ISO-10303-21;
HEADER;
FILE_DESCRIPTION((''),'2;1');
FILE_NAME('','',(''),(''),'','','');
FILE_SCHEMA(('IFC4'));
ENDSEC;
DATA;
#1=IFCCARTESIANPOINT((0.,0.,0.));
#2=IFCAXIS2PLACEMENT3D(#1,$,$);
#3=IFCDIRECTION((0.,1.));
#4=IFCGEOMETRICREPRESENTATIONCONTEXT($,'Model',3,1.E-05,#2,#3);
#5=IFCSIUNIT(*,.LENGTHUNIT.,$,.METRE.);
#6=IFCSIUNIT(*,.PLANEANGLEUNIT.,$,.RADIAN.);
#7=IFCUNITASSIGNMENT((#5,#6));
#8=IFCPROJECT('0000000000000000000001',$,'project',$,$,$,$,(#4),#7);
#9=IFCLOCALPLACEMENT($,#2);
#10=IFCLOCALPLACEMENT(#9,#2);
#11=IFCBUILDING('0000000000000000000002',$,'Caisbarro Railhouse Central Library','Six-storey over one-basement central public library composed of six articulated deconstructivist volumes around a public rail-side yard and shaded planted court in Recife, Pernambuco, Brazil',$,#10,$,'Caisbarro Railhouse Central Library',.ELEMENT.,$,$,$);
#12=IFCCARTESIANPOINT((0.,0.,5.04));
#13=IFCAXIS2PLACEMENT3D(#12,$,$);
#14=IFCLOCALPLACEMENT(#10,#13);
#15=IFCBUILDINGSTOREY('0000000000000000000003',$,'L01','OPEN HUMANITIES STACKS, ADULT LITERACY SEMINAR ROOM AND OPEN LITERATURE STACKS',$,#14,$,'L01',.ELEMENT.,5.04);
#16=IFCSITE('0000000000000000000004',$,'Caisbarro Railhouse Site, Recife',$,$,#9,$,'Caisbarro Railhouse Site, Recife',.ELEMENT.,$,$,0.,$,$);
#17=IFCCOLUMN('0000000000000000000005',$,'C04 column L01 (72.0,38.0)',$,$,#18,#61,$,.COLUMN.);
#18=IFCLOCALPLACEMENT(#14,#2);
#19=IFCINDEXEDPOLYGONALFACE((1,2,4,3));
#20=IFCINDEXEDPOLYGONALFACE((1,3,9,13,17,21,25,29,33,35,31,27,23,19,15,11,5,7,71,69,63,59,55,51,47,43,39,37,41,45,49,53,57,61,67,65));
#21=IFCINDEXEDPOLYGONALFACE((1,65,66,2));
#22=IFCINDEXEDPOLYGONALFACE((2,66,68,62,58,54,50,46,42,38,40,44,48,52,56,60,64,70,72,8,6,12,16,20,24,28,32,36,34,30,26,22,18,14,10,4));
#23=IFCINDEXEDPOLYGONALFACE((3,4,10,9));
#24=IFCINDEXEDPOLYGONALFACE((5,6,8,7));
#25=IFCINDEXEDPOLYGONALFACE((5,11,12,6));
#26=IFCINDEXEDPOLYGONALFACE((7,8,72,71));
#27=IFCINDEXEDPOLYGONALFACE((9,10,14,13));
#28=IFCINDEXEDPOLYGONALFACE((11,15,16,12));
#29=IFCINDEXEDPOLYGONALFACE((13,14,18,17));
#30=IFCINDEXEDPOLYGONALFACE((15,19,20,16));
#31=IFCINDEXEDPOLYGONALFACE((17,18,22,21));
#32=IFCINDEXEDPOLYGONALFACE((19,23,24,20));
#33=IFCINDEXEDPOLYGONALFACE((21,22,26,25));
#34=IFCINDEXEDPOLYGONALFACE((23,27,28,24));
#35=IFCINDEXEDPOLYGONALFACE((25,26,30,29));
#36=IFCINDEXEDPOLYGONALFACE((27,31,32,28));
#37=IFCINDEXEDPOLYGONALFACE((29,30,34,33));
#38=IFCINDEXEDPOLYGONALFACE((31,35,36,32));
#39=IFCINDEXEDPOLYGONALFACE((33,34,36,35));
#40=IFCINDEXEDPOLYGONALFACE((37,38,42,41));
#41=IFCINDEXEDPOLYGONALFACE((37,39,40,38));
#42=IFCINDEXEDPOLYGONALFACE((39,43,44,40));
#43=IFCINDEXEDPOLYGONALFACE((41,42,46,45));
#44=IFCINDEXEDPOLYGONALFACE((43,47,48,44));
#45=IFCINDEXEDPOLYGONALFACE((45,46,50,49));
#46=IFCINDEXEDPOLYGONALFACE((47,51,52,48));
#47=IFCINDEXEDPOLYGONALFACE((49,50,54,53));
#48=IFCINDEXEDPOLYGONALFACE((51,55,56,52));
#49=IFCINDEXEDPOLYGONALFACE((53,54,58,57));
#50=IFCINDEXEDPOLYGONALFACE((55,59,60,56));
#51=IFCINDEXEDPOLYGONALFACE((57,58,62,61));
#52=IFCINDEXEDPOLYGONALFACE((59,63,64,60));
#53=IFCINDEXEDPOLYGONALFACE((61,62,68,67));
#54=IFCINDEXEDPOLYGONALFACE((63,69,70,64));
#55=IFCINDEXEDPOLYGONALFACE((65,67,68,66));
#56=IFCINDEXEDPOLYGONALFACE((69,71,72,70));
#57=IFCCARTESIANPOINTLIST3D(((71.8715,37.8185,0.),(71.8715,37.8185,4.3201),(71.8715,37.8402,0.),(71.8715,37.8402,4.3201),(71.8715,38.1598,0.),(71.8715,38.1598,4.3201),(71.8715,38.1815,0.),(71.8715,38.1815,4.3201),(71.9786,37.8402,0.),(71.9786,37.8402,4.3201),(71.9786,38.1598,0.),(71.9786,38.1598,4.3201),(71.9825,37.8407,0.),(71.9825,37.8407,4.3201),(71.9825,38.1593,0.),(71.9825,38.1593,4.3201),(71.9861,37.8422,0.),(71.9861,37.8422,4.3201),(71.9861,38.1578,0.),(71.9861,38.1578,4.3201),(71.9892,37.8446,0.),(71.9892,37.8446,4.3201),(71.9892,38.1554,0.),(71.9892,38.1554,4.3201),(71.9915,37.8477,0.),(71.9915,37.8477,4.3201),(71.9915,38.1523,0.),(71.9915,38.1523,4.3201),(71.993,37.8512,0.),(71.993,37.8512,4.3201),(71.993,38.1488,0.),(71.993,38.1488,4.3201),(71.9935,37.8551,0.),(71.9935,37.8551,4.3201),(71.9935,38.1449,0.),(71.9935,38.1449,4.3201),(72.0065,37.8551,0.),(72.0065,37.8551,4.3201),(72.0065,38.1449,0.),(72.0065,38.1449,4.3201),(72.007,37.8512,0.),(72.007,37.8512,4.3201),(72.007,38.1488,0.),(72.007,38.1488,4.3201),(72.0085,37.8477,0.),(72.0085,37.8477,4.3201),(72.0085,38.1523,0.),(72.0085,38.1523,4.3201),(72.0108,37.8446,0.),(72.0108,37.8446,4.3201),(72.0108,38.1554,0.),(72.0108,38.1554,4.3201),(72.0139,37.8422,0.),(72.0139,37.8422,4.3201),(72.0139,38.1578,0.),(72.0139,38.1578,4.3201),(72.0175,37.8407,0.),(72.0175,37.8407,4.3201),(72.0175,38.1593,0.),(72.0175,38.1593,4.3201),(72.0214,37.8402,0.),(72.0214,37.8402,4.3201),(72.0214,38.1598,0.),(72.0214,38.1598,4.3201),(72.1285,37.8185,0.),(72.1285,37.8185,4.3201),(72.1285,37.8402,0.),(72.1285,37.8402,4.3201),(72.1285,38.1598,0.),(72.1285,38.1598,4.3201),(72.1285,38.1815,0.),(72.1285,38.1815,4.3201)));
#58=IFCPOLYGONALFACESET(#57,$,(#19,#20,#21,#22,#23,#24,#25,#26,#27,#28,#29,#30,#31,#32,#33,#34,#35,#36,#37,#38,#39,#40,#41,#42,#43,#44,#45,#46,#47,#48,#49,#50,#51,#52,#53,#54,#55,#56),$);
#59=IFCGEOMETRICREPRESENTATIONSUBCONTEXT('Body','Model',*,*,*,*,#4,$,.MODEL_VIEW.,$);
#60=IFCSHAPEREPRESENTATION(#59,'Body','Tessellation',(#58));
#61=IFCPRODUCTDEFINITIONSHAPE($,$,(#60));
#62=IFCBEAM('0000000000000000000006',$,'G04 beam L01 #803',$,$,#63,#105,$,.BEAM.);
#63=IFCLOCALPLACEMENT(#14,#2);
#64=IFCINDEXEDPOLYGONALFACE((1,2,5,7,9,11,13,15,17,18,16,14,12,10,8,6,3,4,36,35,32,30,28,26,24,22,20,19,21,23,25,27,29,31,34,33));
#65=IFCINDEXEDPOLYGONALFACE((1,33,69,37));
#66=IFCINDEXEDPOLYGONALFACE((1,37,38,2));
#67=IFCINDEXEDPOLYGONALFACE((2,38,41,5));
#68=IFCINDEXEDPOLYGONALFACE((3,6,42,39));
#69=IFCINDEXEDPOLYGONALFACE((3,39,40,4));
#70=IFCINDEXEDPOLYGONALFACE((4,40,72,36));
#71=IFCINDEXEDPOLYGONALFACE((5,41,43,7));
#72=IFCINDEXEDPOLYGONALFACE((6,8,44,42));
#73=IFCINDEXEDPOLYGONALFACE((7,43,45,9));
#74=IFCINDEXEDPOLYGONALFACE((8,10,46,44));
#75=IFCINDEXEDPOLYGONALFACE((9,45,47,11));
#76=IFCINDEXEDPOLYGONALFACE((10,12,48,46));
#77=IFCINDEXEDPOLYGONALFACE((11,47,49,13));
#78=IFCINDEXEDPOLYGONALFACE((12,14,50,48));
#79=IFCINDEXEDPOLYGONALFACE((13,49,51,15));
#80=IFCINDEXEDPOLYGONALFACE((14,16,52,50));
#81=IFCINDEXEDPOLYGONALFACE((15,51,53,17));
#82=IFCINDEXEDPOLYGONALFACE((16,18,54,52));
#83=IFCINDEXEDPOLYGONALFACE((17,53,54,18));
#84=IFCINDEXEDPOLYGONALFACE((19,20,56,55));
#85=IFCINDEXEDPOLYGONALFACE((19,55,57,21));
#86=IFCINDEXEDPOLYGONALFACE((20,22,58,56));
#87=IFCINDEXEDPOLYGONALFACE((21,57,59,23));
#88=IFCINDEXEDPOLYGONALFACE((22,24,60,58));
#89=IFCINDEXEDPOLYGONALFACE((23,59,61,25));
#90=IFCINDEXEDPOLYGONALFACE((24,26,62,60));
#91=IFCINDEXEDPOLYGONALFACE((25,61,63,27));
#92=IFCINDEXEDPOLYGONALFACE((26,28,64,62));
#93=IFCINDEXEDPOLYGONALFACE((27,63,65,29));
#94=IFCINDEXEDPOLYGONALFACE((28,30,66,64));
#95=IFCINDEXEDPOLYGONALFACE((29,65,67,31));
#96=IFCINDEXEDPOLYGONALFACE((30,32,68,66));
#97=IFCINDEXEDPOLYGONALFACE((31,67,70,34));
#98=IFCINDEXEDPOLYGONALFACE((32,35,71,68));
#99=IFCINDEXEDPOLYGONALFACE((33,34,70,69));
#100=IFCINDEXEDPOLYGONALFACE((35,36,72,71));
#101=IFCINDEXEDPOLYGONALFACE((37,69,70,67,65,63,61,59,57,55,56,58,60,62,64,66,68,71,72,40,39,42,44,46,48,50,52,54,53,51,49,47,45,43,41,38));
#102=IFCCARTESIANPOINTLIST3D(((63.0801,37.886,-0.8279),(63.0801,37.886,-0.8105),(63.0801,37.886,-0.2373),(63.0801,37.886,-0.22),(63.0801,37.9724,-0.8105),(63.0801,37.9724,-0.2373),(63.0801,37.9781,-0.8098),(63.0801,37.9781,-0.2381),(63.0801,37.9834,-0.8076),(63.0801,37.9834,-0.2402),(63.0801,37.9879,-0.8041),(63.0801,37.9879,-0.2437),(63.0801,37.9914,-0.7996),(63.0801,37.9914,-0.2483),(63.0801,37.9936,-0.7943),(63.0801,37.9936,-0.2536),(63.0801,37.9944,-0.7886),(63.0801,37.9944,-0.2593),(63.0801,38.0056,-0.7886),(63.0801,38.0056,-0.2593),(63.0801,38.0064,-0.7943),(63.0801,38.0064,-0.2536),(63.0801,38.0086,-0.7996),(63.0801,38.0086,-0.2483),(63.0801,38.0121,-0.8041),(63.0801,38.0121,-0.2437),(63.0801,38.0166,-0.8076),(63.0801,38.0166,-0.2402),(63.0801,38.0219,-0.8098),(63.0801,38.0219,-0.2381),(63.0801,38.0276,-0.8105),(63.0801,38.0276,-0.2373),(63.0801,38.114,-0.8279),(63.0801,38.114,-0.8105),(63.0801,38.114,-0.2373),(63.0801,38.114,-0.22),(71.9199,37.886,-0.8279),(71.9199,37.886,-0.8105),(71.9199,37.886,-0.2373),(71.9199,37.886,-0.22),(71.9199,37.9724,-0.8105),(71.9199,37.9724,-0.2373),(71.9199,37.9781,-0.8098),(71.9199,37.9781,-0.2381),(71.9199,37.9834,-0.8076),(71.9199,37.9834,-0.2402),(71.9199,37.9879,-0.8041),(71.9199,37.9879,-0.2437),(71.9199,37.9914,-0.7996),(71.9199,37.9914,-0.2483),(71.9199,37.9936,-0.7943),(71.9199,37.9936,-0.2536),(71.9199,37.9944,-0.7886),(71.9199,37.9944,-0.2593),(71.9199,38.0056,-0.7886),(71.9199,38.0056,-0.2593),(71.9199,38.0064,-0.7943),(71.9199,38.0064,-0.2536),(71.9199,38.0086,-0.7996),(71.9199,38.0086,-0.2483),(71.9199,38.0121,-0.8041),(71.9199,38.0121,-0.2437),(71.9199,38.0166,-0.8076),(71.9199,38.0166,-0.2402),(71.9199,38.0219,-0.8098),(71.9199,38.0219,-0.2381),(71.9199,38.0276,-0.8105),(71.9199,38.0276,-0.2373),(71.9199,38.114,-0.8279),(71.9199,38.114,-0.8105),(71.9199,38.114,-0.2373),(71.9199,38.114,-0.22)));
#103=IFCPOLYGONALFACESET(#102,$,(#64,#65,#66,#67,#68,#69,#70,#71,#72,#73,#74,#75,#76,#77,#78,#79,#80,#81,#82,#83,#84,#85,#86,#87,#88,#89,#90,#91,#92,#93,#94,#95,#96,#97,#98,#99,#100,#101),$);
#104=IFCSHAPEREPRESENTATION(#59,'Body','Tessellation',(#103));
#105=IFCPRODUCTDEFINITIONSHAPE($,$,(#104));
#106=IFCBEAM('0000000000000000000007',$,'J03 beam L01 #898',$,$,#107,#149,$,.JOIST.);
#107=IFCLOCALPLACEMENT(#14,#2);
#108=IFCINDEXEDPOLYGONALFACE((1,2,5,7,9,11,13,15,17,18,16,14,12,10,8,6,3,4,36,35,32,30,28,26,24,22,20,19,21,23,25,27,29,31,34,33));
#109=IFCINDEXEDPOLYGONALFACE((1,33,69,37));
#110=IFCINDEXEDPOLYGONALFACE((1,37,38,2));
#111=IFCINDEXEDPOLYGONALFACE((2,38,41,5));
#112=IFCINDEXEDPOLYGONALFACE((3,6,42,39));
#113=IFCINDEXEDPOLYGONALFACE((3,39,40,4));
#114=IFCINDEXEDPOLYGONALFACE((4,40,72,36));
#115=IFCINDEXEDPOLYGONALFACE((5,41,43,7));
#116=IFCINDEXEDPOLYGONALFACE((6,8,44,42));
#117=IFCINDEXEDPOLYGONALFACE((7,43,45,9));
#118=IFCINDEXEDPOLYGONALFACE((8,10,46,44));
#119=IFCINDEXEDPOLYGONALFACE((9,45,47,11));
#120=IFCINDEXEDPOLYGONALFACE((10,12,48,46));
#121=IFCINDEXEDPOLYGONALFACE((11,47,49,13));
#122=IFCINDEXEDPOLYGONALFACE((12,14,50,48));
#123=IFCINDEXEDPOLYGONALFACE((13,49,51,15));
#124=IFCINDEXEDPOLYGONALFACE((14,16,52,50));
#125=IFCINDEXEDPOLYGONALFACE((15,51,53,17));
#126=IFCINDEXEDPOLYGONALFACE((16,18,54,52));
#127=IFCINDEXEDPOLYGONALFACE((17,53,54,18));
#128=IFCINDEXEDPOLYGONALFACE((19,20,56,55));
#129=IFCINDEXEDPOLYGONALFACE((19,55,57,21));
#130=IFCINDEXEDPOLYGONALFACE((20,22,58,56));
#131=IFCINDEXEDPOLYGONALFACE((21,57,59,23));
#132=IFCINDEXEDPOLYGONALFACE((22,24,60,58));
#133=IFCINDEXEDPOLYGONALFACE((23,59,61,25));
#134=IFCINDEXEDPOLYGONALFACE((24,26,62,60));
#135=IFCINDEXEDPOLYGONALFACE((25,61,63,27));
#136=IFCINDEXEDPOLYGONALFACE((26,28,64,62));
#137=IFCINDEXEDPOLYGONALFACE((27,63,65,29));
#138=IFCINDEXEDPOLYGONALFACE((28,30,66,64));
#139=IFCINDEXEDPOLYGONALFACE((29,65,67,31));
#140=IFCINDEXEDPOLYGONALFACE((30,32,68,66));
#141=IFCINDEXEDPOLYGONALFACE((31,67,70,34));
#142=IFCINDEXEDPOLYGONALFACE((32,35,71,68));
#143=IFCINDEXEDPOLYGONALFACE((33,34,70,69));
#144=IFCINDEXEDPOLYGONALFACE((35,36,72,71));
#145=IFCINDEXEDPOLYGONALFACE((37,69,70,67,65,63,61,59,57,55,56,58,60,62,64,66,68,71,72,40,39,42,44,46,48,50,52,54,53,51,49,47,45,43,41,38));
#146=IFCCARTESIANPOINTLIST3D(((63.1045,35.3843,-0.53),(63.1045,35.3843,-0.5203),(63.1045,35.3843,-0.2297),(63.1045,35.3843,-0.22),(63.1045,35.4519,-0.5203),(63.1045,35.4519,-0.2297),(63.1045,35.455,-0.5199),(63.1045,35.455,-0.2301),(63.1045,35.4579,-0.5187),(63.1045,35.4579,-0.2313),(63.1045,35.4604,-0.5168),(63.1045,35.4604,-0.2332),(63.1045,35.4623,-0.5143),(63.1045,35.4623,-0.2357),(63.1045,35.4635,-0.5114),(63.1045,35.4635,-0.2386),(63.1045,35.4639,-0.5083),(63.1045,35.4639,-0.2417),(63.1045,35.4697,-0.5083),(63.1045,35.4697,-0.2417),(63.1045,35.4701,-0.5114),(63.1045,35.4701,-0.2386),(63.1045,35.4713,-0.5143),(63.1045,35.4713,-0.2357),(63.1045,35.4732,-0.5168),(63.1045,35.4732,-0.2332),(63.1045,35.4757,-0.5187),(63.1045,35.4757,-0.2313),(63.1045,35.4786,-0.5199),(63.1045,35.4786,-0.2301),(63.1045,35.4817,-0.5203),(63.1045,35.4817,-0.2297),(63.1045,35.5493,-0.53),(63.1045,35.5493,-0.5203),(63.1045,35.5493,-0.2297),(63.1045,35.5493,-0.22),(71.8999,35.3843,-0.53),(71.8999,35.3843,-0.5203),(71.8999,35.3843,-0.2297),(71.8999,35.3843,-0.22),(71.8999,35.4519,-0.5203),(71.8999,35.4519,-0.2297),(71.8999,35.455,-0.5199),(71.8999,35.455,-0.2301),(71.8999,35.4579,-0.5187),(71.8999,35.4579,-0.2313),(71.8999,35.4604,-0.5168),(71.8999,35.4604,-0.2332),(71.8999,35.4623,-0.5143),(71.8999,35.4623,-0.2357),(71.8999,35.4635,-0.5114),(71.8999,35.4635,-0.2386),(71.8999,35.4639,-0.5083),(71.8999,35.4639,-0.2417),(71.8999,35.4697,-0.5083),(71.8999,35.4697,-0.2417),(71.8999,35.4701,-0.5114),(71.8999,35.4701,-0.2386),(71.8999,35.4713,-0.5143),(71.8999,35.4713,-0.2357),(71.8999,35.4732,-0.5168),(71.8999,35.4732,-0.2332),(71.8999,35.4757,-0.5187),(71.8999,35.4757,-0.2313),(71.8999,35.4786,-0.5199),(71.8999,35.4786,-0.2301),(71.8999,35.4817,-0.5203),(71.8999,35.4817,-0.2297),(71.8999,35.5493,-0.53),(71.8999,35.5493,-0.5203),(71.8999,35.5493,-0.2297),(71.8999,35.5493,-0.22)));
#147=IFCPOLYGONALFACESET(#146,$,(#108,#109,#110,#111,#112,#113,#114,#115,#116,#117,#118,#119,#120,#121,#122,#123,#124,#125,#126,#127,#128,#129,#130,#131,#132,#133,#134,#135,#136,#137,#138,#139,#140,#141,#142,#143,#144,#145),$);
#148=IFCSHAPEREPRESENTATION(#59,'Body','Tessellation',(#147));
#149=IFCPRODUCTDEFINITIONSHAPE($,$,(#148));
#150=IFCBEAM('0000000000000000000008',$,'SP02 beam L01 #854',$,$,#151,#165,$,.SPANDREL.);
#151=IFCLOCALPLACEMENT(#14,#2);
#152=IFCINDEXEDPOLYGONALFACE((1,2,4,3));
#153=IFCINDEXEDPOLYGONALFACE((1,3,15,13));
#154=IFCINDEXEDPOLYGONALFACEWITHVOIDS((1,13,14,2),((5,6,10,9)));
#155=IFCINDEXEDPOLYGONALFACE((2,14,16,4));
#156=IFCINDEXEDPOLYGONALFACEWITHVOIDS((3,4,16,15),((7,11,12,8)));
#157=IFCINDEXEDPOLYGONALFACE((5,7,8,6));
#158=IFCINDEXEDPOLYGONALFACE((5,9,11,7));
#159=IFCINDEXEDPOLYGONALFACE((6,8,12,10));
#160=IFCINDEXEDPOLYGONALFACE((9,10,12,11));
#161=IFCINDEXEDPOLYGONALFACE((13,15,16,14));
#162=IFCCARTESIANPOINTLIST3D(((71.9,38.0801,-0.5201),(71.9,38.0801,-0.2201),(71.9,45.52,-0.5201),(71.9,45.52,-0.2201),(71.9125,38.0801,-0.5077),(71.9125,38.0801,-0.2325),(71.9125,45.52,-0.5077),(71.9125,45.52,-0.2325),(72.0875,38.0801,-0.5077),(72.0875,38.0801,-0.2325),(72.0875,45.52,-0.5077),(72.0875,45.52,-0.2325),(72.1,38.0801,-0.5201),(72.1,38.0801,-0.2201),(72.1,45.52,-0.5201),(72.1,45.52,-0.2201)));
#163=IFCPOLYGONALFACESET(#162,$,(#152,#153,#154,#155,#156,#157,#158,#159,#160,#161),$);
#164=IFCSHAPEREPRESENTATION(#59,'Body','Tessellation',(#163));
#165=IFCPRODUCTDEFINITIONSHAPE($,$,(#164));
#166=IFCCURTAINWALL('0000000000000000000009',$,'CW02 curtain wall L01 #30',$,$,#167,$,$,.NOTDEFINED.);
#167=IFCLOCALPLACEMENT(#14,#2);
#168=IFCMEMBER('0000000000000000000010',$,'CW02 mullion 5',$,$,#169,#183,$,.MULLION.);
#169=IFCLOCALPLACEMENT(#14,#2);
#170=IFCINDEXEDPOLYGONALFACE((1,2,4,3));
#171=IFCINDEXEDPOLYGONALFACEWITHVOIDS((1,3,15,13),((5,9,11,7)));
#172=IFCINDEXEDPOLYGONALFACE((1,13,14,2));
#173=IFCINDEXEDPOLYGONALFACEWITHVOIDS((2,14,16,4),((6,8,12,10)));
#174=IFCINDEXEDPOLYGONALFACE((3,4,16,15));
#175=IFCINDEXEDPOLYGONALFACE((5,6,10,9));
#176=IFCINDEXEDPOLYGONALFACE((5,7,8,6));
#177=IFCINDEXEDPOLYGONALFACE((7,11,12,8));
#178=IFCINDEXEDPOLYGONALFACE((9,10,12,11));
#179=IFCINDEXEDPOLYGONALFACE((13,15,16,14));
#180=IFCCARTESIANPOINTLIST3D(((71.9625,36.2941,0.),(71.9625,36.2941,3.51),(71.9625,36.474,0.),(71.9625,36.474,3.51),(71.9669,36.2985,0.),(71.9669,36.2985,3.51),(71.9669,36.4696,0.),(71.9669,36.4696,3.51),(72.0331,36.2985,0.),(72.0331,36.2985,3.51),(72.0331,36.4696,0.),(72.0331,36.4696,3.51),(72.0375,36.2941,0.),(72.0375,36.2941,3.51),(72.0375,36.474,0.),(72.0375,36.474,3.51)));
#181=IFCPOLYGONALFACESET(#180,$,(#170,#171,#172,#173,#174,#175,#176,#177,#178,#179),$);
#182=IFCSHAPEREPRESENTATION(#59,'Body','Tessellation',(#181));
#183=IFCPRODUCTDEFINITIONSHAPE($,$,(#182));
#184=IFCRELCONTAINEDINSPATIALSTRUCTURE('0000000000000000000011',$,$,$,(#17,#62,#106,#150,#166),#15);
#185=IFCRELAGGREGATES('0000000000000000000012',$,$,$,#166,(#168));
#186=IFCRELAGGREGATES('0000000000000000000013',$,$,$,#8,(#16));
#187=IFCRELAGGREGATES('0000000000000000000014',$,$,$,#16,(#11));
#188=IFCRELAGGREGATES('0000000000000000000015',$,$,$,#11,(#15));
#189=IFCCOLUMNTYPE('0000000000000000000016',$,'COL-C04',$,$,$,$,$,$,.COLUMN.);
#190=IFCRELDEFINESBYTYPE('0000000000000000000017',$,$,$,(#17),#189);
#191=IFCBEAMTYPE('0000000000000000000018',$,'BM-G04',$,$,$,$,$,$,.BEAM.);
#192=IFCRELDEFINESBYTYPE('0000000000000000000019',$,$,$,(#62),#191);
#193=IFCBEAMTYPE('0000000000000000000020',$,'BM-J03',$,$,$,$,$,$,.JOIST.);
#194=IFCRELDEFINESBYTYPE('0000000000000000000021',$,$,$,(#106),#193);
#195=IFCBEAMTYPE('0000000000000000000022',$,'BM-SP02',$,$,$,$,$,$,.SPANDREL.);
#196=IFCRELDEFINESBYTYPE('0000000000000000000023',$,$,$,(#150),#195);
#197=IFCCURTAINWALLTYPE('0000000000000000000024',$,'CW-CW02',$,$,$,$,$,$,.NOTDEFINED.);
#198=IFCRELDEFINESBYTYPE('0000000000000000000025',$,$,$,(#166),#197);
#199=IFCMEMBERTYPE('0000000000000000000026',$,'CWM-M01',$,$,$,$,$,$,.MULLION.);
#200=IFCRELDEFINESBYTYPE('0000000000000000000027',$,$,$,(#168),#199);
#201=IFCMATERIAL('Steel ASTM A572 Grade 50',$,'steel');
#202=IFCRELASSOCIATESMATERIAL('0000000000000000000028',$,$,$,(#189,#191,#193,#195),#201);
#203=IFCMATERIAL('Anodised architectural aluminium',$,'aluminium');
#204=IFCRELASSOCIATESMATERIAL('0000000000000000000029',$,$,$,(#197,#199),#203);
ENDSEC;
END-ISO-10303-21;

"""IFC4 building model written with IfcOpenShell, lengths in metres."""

from ifc_helpers import new_model, si_unit, direction, frame, origin, origin_2d, place, context, subcontext, project, spatial, hollow_rectangle, i_section, extrude, material, material_profile, profile_set, type_object, element, aggregate, save


model = new_model("IFC4")

# Units and contexts
model_context = context("Model", 3, precision=1e-05, world=origin(), true_north=direction((0.0, 1.0)))
body_context = subcontext(model_context, "Body", "Model", "MODEL_VIEW")
ifc_project = project(units=[si_unit("LENGTHUNIT", "METRE"), si_unit("PLANEANGLEUNIT", "RADIAN")], contexts=[model_context])

# Site, building, storey
site_placement = place(None, origin())
site = spatial("IfcSite", under=ifc_project, at=site_placement, Name="Caisbarro Railhouse Site, Recife", LongName="Caisbarro Railhouse Site, Recife", CompositionType="ELEMENT", RefElevation=0.0)
building_placement = place(site_placement, origin())
building = spatial("IfcBuilding", under=site, at=building_placement, Name="Caisbarro Railhouse Central Library", Description="Six-storey over one-basement central public library composed of six articulated deconstructivist volumes around a public rail-side yard and shaded planted court in Recife, Pernambuco, Brazil", LongName="Caisbarro Railhouse Central Library", CompositionType="ELEMENT")
storey_placement = place(building_placement, frame((0.0, 0.0, 5.04)))
storey = spatial("IfcBuildingStorey", under=building, at=storey_placement, Name="L01", Description="OPEN HUMANITIES STACKS, ADULT LITERACY SEMINAR ROOM AND OPEN LITERATURE STACKS", LongName="L01", CompositionType="ELEMENT", Elevation=5.04)

# Column
ifc_material_1 = material(Name="Steel ASTM A572 Grade 50", Category="steel")
ifc_material_profile_1 = material_profile(ifc_material_1, i_section(OverallWidth=0.2571, OverallDepth=0.363, WebThickness=0.0129, FlangeThickness=0.0217, FilletRadius=0.0149, at=origin_2d()), Name="W360X122.0")
ifc_profile_set_1 = profile_set([ifc_material_profile_1], Name="Steel ASTM A572 Grade 50")
column_type = type_object("IfcColumnType", Name="COL-C04", PredefinedType="COLUMN", material=ifc_profile_set_1)
column_placement = place(storey_placement, frame((72.0, 38.0, 0.0), z_axis=(0.0, 0.0, 1.0), x_axis=(1.0, 0.0, 0.0)))
element("IfcColumn", 1, at=column_placement, inside=storey, type_object=column_type, Name="C04 column L01 (72.0,38.0)", PredefinedType="COLUMN", context=body_context, shape_type="SweptSolid", body=[
    extrude(i_section(OverallWidth=0.2571, OverallDepth=0.363, WebThickness=0.0129, FlangeThickness=0.0217, FilletRadius=0.0149, at=origin_2d()), origin(), (0.0, 0.0, 1.0), 4.3201),
])

# Beams
ifc_material_profile_2 = material_profile(ifc_material_1, i_section(OverallWidth=0.228, OverallDepth=0.6079, WebThickness=0.0112, FlangeThickness=0.0173, FilletRadius=0.022, at=origin_2d()), Name="W610X113.0")
ifc_profile_set_2 = profile_set([ifc_material_profile_2], Name="Steel ASTM A572 Grade 50")
beam_type_1 = type_object("IfcBeamType", Name="BM-G04", PredefinedType="BEAM", material=ifc_profile_set_2)
beam_1_placement = place(storey_placement, frame((63.0801, 38.0, -0.5239), z_axis=(1.0, 0.0, 0.0), x_axis=(0.0, 1.0, 0.0)))
element("IfcBeam", 2, at=beam_1_placement, inside=storey, type_object=beam_type_1, Name="G04 beam L01 #803", PredefinedType="BEAM", context=body_context, shape_type="SweptSolid", body=[
    extrude(i_section(OverallWidth=0.228, OverallDepth=0.6079, WebThickness=0.0112, FlangeThickness=0.0173, FilletRadius=0.022, at=origin_2d()), origin(), (0.0, 0.0, 1.0), 8.8398),
])
ifc_material_profile_3 = material_profile(ifc_material_1, i_section(OverallWidth=0.165, OverallDepth=0.3101, WebThickness=0.0059, FlangeThickness=0.0098, FilletRadius=0.012, at=origin_2d()), Name="W310X38.7")
ifc_profile_set_3 = profile_set([ifc_material_profile_3], Name="Steel ASTM A572 Grade 50")
beam_type_2 = type_object("IfcBeamType", Name="BM-J03", PredefinedType="JOIST", material=ifc_profile_set_3)
beam_2_placement = place(storey_placement, frame((63.1045, 35.4668, -0.375), z_axis=(1.0, 0.0, 0.0), x_axis=(0.0, 1.0, 0.0)))
element("IfcBeam", 3, at=beam_2_placement, inside=storey, type_object=beam_type_2, Name="J03 beam L01 #898", PredefinedType="JOIST", context=body_context, shape_type="SweptSolid", body=[
    extrude(i_section(OverallWidth=0.165, OverallDepth=0.3101, WebThickness=0.0059, FlangeThickness=0.0098, FilletRadius=0.012, at=origin_2d()), origin(), (0.0, 0.0, 1.0), 8.7954),
])
ifc_material_profile_4 = material_profile(ifc_material_1, hollow_rectangle(XDim=0.2, YDim=0.3, WallThickness=0.0125, at=origin_2d()), Name="HSS300X200X12.5")
ifc_profile_set_4 = profile_set([ifc_material_profile_4], Name="Steel ASTM A572 Grade 50")
beam_type_3 = type_object("IfcBeamType", Name="BM-SP02", PredefinedType="SPANDREL", material=ifc_profile_set_4)
beam_3_placement = place(storey_placement, frame((72.0, 38.0801, -0.3701), z_axis=(0.0, 1.0, 0.0), x_axis=(-1.0, 0.0, 0.0)))
element("IfcBeam", 4, at=beam_3_placement, inside=storey, type_object=beam_type_3, Name="SP02 beam L01 #854", PredefinedType="SPANDREL", context=body_context, shape_type="SweptSolid", body=[
    extrude(hollow_rectangle(XDim=0.2, YDim=0.3, WallThickness=0.0125, at=origin_2d()), origin(), (0.0, 0.0, 1.0), 7.4399),
])

# Curtain wall, member
ifc_material_2 = material(Name="Anodised architectural aluminium", Category="aluminium")
curtain_wall_type = type_object("IfcCurtainWallType", Name="CW-CW02", PredefinedType="NOTDEFINED", material=ifc_material_2)
curtain_wall_1_placement = place(storey_placement, origin())
curtain_wall_1 = element("IfcCurtainWall", 5, at=curtain_wall_1_placement, inside=storey, type_object=curtain_wall_type, Name="CW02 curtain wall L01 #30", PredefinedType="NOTDEFINED")
ifc_material_profile_5 = material_profile(ifc_material_2, hollow_rectangle(XDim=0.075, YDim=0.1799, WallThickness=0.0044, at=origin_2d()), Name="ALU-MUL-75X180")
ifc_profile_set_5 = profile_set([ifc_material_profile_5], Name="Anodised architectural aluminium")
member_type_1 = type_object("IfcMemberType", Name="CWM-M01", PredefinedType="MULLION", material=ifc_profile_set_5)
member_1_placement = place(storey_placement, frame((72.0, 36.384, 0.0), z_axis=(0.0, 0.0, 1.0), x_axis=(-1.0, 0.0, 0.0)))
member_1 = element("IfcMember", 6, at=member_1_placement, type_object=member_type_1, Name="CW02 mullion 5", PredefinedType="MULLION", context=body_context, shape_type="SweptSolid", body=[
    extrude(hollow_rectangle(XDim=0.075, YDim=0.1799, WallThickness=0.0044, at=origin_2d()), origin(), (0.0, 0.0, 1.0), 3.51),
])

aggregate(curtain_wall_1, [member_1])

save(model, "model.ifc")
